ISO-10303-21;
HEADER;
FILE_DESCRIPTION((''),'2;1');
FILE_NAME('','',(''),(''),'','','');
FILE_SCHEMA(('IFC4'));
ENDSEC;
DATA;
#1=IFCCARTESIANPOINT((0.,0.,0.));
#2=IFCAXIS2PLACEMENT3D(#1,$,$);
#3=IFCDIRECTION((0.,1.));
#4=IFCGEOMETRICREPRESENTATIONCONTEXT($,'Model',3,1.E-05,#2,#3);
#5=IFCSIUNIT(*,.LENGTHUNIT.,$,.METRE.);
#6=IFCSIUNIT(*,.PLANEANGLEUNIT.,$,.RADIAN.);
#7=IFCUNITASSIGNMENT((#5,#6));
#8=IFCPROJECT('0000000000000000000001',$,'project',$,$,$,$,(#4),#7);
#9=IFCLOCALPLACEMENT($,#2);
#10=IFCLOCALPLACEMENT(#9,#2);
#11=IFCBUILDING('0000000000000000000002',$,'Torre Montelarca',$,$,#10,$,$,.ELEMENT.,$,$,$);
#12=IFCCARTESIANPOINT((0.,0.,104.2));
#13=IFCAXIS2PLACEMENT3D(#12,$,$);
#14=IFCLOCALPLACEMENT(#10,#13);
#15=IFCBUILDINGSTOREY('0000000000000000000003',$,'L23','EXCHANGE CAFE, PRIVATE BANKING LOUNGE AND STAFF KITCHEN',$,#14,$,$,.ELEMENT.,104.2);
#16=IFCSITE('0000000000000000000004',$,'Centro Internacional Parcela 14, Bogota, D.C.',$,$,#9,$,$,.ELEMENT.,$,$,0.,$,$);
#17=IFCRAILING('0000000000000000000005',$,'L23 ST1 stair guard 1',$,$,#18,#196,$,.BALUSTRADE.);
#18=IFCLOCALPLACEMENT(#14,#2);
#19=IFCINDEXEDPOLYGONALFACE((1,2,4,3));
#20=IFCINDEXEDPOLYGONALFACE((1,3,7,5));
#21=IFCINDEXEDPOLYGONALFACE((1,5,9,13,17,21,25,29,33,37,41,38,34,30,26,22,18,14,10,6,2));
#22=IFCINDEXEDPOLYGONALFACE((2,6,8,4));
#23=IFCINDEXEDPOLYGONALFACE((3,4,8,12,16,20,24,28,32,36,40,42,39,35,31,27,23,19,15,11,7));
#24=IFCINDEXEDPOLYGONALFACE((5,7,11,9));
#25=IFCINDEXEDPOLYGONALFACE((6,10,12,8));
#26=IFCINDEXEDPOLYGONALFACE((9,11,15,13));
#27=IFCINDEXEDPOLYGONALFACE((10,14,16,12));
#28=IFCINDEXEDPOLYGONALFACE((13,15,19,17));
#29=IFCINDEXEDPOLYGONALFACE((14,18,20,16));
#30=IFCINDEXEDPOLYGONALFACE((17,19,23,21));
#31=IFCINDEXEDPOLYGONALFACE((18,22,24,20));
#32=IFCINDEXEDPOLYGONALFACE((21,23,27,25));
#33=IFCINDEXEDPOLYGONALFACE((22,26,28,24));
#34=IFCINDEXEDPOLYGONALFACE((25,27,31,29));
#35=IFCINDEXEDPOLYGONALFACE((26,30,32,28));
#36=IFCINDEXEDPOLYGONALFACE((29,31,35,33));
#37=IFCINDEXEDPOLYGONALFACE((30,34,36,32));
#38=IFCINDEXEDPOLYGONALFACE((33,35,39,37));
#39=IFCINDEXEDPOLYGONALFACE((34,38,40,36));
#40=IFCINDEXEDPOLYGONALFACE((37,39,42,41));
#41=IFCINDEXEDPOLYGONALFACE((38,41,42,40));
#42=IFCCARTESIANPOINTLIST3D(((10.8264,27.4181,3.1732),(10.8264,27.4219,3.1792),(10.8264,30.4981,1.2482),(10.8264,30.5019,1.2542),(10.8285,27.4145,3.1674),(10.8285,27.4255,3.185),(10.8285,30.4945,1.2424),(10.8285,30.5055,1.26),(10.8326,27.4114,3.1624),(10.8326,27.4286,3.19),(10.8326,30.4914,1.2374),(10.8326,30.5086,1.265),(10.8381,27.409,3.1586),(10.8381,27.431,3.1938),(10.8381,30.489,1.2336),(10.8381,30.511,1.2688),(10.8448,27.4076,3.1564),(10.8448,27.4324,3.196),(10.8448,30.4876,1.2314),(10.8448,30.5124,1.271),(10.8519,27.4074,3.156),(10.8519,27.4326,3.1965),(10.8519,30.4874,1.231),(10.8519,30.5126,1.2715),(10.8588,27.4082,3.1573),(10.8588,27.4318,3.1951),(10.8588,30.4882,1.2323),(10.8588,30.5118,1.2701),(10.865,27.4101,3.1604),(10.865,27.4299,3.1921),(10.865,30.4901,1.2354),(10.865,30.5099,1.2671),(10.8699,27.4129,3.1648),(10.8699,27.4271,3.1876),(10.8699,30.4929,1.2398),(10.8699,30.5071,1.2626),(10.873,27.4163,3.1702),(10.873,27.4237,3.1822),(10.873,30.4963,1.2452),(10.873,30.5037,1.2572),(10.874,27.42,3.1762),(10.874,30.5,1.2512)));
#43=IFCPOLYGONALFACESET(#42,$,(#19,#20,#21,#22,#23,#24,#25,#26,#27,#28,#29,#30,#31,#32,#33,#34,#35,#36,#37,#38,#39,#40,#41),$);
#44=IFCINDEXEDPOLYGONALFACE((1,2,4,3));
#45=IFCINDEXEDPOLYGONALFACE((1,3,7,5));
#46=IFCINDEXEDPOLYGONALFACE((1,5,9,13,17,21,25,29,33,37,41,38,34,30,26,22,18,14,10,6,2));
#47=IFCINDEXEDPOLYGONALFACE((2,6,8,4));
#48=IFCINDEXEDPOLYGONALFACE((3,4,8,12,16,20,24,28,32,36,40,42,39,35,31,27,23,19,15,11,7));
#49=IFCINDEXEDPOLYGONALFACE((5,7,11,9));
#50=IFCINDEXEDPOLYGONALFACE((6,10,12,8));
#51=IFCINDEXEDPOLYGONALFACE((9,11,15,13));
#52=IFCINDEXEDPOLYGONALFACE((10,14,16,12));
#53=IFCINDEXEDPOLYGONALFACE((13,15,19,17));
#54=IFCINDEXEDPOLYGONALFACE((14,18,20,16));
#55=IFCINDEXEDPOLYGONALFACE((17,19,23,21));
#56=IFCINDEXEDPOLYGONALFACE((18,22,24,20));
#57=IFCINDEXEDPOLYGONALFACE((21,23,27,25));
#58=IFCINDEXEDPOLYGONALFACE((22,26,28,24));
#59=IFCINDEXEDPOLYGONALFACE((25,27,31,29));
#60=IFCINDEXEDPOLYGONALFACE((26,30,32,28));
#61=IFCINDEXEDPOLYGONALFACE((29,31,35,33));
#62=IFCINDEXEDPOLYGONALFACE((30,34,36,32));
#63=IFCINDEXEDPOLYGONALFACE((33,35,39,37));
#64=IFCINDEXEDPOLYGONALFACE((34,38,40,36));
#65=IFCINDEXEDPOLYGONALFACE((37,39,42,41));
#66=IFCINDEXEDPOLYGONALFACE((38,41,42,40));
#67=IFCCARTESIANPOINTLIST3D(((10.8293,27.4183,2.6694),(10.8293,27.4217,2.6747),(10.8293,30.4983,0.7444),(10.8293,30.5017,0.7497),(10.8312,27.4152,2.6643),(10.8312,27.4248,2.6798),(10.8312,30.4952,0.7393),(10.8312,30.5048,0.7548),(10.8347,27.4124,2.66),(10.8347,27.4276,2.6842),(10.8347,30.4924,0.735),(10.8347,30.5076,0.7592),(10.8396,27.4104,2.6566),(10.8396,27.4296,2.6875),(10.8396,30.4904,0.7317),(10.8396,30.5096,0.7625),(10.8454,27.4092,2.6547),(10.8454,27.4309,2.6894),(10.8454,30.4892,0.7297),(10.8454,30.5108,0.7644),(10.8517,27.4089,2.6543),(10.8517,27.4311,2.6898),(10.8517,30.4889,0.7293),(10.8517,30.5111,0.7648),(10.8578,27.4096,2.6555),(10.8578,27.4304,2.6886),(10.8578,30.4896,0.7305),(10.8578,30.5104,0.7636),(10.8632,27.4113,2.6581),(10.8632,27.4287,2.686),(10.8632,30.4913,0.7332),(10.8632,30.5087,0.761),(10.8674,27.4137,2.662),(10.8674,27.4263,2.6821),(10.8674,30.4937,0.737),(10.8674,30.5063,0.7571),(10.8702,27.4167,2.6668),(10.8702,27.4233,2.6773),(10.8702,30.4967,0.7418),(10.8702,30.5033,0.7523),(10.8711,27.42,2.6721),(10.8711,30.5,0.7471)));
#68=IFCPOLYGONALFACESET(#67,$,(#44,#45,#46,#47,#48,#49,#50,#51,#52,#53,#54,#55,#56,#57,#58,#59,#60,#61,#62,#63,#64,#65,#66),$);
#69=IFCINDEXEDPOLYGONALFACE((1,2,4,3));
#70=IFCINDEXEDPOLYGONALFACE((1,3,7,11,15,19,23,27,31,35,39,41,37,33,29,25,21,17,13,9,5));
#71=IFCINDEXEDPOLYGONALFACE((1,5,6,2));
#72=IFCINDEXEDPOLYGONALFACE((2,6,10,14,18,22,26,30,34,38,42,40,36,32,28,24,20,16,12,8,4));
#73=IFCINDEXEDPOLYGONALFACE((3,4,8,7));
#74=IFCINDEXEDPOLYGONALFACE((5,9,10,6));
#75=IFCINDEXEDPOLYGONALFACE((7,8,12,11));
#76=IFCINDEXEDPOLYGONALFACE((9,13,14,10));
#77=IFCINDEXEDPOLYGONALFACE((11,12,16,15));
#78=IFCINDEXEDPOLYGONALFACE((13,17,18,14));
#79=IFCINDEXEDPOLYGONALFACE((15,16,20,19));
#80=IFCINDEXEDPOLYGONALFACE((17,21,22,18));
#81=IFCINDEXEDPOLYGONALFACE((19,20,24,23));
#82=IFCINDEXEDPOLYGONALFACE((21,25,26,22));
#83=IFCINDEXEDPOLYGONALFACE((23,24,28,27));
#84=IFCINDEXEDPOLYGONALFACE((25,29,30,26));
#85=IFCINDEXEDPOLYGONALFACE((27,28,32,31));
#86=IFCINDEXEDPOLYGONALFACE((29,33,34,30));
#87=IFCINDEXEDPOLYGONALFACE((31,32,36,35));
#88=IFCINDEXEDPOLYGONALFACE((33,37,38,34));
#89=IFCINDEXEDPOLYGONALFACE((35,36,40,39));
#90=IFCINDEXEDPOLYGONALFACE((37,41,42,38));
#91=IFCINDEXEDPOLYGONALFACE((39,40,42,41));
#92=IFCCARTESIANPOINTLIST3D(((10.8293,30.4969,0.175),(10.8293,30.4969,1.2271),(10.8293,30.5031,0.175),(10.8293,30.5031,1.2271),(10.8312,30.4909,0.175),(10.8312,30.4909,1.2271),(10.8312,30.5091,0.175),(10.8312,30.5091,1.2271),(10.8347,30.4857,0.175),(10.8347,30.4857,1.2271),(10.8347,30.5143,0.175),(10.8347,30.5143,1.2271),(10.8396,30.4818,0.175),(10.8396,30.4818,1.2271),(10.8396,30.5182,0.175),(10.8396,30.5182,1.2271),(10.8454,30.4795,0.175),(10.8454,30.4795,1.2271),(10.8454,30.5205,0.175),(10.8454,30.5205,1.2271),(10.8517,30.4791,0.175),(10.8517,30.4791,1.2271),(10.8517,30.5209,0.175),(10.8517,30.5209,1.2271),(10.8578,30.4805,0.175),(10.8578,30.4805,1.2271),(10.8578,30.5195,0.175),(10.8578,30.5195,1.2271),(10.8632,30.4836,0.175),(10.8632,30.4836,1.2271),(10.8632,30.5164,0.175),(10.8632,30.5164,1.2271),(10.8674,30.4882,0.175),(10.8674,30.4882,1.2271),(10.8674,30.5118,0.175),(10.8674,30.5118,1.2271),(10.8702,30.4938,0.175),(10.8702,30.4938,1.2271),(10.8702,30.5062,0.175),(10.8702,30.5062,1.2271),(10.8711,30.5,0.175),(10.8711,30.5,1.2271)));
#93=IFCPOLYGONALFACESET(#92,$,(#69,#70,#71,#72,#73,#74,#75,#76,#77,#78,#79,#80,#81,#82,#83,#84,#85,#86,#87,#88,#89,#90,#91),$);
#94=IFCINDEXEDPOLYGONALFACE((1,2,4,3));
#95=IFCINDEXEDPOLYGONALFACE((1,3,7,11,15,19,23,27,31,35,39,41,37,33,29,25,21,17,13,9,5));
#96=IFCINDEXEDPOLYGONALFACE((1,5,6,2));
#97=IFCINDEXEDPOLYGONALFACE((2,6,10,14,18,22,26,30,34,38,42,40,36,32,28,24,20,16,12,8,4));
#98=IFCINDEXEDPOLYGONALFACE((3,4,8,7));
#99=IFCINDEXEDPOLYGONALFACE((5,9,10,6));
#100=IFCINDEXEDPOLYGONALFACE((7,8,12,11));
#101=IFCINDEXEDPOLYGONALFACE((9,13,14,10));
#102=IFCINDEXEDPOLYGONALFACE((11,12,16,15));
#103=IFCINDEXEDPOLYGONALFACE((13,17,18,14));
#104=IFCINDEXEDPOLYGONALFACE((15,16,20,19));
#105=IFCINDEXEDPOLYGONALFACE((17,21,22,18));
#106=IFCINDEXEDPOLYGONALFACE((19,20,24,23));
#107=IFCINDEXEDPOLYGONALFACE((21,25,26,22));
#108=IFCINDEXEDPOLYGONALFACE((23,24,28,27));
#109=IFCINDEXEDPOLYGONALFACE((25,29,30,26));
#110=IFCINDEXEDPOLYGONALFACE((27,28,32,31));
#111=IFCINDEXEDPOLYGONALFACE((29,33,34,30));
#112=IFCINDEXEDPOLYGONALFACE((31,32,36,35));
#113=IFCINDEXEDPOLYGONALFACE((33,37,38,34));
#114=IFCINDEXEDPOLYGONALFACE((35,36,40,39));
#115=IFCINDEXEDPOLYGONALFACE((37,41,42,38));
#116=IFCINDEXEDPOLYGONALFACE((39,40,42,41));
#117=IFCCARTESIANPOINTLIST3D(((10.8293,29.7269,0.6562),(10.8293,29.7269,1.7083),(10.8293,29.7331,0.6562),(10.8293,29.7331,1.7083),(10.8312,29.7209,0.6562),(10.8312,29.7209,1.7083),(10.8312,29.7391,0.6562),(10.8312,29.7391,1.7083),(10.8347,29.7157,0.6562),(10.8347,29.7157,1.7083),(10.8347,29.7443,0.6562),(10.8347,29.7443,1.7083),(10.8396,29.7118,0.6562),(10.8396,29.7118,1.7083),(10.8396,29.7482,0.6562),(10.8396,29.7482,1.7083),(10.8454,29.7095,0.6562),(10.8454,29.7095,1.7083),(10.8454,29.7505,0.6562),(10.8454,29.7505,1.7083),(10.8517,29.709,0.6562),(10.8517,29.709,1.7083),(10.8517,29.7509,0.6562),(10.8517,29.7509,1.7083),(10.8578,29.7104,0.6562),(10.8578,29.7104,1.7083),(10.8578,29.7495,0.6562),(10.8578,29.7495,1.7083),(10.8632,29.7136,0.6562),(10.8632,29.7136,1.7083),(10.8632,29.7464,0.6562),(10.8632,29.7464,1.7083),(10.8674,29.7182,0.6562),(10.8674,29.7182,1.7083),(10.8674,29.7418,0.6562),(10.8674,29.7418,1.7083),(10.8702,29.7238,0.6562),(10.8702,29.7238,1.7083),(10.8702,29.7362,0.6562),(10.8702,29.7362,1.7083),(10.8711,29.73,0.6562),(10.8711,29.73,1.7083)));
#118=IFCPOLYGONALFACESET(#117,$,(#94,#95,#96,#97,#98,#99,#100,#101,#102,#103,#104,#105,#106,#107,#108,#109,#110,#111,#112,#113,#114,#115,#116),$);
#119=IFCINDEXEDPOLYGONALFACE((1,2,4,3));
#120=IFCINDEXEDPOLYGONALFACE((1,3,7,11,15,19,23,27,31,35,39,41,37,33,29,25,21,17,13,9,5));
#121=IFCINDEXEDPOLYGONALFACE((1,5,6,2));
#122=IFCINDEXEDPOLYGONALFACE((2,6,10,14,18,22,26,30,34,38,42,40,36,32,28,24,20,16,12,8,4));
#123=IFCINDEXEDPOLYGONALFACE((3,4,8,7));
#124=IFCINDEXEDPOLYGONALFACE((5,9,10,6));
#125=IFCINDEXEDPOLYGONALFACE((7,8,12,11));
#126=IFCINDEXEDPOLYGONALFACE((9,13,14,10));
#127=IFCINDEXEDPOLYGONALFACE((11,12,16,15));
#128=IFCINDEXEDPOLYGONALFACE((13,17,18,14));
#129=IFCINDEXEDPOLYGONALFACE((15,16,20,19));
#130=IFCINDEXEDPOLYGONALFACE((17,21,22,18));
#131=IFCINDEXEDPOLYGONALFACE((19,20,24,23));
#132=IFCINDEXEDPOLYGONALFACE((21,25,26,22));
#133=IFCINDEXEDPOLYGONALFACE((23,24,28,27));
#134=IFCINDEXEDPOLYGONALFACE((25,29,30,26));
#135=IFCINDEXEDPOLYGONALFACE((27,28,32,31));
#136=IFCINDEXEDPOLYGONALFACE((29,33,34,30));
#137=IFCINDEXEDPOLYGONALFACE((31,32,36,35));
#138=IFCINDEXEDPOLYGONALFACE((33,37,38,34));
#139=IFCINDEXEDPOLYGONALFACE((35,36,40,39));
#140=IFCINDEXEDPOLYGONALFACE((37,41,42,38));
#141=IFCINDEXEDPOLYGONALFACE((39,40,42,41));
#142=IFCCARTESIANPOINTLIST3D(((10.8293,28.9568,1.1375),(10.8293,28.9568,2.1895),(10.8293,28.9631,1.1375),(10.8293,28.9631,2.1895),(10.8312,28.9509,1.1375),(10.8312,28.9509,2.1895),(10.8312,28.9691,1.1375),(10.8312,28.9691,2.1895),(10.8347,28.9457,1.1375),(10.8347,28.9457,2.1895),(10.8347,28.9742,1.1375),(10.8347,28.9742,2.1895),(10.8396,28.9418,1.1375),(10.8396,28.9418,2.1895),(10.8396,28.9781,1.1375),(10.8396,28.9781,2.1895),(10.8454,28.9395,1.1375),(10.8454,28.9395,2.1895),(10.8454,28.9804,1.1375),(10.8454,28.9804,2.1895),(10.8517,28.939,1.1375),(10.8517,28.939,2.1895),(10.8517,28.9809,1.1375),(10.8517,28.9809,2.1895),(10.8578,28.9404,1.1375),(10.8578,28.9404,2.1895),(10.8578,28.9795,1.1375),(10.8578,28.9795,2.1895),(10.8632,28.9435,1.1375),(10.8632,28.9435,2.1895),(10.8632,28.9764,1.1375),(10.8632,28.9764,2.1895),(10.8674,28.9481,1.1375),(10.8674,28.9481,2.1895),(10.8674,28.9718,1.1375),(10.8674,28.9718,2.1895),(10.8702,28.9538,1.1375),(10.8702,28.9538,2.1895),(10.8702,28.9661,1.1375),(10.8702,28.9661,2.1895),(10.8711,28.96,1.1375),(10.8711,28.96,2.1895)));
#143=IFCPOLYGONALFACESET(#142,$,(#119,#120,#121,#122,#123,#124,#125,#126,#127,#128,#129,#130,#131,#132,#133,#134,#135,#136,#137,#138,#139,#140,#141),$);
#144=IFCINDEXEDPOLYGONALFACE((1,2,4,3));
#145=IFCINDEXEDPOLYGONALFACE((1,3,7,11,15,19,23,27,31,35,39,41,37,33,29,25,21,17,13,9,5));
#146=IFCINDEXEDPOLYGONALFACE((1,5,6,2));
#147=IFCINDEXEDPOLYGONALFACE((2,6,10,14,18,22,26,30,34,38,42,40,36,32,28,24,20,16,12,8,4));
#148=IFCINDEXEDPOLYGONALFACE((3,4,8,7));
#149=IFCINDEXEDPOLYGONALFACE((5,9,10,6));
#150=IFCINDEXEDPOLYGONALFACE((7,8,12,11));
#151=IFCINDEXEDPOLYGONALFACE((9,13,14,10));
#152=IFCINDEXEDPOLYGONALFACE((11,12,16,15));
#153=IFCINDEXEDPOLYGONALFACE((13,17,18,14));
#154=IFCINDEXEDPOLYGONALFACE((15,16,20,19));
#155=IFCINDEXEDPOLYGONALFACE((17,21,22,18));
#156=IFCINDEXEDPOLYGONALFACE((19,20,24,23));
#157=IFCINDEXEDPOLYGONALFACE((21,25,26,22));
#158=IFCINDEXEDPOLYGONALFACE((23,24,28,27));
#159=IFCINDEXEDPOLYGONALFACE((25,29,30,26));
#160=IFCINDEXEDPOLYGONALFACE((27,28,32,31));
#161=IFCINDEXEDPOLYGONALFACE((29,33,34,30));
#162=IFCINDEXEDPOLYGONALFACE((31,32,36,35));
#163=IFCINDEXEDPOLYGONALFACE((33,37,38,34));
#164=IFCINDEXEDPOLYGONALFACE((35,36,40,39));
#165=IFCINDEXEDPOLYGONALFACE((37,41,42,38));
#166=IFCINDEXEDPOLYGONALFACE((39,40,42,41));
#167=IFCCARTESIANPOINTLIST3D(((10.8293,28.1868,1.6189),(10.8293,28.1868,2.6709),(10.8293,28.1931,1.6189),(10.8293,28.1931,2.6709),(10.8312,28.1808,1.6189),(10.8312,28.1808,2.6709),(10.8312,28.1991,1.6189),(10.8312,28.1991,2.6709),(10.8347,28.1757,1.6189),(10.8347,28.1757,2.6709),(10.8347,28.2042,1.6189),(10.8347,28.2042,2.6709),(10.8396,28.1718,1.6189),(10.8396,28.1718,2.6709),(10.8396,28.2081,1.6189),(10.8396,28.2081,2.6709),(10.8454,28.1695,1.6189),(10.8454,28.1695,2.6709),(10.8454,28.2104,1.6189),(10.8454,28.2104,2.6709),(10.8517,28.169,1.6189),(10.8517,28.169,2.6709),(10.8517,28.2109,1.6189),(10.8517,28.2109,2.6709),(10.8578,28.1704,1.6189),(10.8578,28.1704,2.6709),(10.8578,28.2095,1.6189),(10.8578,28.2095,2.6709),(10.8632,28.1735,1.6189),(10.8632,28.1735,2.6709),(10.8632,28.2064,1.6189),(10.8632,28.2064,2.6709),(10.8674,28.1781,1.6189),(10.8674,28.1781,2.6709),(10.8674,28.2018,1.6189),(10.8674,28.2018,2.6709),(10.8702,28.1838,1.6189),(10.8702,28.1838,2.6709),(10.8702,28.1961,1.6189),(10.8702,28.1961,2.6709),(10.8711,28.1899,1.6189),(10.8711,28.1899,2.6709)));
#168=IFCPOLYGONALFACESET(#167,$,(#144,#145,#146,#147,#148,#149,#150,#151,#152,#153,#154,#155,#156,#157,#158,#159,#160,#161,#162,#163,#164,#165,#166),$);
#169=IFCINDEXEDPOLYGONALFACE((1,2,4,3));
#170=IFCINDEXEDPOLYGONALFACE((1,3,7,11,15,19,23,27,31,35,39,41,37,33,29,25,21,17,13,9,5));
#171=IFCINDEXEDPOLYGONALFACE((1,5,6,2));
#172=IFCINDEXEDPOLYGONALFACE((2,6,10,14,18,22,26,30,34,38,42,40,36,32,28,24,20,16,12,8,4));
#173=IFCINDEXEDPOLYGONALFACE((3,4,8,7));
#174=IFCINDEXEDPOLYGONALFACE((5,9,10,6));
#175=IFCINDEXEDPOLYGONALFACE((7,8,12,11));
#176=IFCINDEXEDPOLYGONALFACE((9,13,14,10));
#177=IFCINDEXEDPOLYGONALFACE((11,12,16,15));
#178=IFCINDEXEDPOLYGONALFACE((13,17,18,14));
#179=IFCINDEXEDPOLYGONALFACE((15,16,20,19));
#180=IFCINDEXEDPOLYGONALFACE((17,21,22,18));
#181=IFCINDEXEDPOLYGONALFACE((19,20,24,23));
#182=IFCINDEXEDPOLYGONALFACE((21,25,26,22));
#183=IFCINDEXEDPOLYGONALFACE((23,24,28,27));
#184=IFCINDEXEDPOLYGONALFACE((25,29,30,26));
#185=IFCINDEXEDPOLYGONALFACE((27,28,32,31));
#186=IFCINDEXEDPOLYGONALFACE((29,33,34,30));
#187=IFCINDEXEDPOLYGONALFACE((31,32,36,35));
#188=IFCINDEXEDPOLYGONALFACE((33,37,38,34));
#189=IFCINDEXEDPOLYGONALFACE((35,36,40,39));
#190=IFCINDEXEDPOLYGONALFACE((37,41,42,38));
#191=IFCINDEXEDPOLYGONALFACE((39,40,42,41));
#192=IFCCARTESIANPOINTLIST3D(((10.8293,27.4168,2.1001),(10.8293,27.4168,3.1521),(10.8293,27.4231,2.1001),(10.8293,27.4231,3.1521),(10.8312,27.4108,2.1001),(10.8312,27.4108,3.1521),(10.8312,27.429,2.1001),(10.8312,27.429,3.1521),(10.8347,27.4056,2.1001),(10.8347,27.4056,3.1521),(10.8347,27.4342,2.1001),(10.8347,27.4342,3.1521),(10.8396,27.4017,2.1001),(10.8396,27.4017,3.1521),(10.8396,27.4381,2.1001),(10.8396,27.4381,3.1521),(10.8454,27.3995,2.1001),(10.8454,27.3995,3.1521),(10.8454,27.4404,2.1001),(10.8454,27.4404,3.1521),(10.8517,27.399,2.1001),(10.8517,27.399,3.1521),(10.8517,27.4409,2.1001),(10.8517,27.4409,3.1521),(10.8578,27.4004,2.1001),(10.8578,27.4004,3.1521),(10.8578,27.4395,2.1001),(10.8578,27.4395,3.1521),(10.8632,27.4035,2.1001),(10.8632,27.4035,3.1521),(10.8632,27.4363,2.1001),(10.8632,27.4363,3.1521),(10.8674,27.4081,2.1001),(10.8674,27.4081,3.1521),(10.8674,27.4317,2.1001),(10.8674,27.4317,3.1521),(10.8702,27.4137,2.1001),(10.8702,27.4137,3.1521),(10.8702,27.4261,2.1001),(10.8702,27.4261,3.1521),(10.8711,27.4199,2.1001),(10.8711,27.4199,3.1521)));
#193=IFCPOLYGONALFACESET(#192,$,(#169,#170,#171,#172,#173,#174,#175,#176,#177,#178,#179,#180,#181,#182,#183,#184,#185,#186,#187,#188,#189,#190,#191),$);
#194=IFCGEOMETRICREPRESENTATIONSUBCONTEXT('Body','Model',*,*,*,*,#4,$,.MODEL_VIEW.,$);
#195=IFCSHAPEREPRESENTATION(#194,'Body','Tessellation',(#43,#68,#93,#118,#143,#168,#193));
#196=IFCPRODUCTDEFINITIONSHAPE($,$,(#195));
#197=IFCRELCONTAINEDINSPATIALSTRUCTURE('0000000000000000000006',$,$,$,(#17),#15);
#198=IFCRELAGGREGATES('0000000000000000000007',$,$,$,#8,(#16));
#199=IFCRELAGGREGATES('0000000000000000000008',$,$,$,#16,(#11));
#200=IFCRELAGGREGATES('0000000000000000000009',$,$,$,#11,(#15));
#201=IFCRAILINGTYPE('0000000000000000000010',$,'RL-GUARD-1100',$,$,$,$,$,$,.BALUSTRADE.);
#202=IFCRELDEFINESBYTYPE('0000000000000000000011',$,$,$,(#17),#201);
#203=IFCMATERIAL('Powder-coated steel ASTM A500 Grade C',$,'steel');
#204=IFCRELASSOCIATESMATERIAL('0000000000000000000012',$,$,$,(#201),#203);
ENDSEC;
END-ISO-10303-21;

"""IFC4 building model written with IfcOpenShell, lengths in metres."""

from ifc_helpers import new_model, si_unit, direction, frame, origin, origin_2d, place, context, subcontext, project, spatial, circle, extrude, material, type_object, element, save


model = new_model("IFC4")

# Units and contexts
model_context = context("Model", 3, precision=1e-05, world=origin(), true_north=direction((0.0, 1.0)))
body_context = subcontext(model_context, "Body", "Model", "MODEL_VIEW")
ifc_project = project(units=[si_unit("LENGTHUNIT", "METRE"), si_unit("PLANEANGLEUNIT", "RADIAN")], contexts=[model_context])

# Site, building, storey
site_placement = place(None, origin())
site = spatial("IfcSite", under=ifc_project, at=site_placement, Name="Centro Internacional Parcela 14, Bogota, D.C.", CompositionType="ELEMENT", RefElevation=0.0)
building_placement = place(site_placement, origin())
building = spatial("IfcBuilding", under=site, at=building_placement, Name="Torre Montelarca", CompositionType="ELEMENT")
storey_placement = place(building_placement, frame((0.0, 0.0, 104.2)))
storey = spatial("IfcBuildingStorey", under=building, at=storey_placement, Name="L23", Description="EXCHANGE CAFE, PRIVATE BANKING LOUNGE AND STAFF KITCHEN", CompositionType="ELEMENT", Elevation=104.2)

# Railing
ifc_material_1 = material(Name="Powder-coated steel ASTM A500 Grade C", Category="steel")
railing_type_1 = type_object("IfcRailingType", Name="RL-GUARD-1100", PredefinedType="BALUSTRADE", material=ifc_material_1)
railing_1_placement = place(storey_placement, frame((10.8501, 30.5, 0.175)))
element("IfcRailing", 1, at=railing_1_placement, inside=storey, type_object=railing_type_1, Name="L23 ST1 stair guard 1", PredefinedType="BALUSTRADE", context=body_context, shape_type="SweptSolid", body=[
    extrude(circle(Radius=0.0239, at=origin_2d()), frame((0.0, 0.0, 1.0762), z_axis=(0.0, -0.847998, 0.529999), x_axis=(1.0, 0.0, 0.0)), (0.0, 0.0, 1.0), 3.6321),
    extrude(circle(Radius=0.021, at=origin_2d()), frame((0.0, 0.0, 0.572), z_axis=(0.0, -0.847998, 0.529999), x_axis=(1.0, 0.0, 0.0)), (0.0, 0.0, 1.0), 3.6321),
    extrude(circle(Radius=0.021, at=origin_2d()), origin(), (0.0, 0.0, 1.0), 1.052),
    extrude(circle(Radius=0.021, at=origin_2d()), frame((0.0, -0.77, 0.4812)), (0.0, 0.0, 1.0), 1.052),
    extrude(circle(Radius=0.021, at=origin_2d()), frame((0.0, -1.54, 0.9624)), (0.0, 0.0, 1.0), 1.052),
    extrude(circle(Radius=0.021, at=origin_2d()), frame((0.0, -2.3101, 1.4438)), (0.0, 0.0, 1.0), 1.052),
    extrude(circle(Radius=0.021, at=origin_2d()), frame((0.0, -3.0801, 1.925)), (0.0, 0.0, 1.0), 1.052),
])

save(model, "model.ifc")
